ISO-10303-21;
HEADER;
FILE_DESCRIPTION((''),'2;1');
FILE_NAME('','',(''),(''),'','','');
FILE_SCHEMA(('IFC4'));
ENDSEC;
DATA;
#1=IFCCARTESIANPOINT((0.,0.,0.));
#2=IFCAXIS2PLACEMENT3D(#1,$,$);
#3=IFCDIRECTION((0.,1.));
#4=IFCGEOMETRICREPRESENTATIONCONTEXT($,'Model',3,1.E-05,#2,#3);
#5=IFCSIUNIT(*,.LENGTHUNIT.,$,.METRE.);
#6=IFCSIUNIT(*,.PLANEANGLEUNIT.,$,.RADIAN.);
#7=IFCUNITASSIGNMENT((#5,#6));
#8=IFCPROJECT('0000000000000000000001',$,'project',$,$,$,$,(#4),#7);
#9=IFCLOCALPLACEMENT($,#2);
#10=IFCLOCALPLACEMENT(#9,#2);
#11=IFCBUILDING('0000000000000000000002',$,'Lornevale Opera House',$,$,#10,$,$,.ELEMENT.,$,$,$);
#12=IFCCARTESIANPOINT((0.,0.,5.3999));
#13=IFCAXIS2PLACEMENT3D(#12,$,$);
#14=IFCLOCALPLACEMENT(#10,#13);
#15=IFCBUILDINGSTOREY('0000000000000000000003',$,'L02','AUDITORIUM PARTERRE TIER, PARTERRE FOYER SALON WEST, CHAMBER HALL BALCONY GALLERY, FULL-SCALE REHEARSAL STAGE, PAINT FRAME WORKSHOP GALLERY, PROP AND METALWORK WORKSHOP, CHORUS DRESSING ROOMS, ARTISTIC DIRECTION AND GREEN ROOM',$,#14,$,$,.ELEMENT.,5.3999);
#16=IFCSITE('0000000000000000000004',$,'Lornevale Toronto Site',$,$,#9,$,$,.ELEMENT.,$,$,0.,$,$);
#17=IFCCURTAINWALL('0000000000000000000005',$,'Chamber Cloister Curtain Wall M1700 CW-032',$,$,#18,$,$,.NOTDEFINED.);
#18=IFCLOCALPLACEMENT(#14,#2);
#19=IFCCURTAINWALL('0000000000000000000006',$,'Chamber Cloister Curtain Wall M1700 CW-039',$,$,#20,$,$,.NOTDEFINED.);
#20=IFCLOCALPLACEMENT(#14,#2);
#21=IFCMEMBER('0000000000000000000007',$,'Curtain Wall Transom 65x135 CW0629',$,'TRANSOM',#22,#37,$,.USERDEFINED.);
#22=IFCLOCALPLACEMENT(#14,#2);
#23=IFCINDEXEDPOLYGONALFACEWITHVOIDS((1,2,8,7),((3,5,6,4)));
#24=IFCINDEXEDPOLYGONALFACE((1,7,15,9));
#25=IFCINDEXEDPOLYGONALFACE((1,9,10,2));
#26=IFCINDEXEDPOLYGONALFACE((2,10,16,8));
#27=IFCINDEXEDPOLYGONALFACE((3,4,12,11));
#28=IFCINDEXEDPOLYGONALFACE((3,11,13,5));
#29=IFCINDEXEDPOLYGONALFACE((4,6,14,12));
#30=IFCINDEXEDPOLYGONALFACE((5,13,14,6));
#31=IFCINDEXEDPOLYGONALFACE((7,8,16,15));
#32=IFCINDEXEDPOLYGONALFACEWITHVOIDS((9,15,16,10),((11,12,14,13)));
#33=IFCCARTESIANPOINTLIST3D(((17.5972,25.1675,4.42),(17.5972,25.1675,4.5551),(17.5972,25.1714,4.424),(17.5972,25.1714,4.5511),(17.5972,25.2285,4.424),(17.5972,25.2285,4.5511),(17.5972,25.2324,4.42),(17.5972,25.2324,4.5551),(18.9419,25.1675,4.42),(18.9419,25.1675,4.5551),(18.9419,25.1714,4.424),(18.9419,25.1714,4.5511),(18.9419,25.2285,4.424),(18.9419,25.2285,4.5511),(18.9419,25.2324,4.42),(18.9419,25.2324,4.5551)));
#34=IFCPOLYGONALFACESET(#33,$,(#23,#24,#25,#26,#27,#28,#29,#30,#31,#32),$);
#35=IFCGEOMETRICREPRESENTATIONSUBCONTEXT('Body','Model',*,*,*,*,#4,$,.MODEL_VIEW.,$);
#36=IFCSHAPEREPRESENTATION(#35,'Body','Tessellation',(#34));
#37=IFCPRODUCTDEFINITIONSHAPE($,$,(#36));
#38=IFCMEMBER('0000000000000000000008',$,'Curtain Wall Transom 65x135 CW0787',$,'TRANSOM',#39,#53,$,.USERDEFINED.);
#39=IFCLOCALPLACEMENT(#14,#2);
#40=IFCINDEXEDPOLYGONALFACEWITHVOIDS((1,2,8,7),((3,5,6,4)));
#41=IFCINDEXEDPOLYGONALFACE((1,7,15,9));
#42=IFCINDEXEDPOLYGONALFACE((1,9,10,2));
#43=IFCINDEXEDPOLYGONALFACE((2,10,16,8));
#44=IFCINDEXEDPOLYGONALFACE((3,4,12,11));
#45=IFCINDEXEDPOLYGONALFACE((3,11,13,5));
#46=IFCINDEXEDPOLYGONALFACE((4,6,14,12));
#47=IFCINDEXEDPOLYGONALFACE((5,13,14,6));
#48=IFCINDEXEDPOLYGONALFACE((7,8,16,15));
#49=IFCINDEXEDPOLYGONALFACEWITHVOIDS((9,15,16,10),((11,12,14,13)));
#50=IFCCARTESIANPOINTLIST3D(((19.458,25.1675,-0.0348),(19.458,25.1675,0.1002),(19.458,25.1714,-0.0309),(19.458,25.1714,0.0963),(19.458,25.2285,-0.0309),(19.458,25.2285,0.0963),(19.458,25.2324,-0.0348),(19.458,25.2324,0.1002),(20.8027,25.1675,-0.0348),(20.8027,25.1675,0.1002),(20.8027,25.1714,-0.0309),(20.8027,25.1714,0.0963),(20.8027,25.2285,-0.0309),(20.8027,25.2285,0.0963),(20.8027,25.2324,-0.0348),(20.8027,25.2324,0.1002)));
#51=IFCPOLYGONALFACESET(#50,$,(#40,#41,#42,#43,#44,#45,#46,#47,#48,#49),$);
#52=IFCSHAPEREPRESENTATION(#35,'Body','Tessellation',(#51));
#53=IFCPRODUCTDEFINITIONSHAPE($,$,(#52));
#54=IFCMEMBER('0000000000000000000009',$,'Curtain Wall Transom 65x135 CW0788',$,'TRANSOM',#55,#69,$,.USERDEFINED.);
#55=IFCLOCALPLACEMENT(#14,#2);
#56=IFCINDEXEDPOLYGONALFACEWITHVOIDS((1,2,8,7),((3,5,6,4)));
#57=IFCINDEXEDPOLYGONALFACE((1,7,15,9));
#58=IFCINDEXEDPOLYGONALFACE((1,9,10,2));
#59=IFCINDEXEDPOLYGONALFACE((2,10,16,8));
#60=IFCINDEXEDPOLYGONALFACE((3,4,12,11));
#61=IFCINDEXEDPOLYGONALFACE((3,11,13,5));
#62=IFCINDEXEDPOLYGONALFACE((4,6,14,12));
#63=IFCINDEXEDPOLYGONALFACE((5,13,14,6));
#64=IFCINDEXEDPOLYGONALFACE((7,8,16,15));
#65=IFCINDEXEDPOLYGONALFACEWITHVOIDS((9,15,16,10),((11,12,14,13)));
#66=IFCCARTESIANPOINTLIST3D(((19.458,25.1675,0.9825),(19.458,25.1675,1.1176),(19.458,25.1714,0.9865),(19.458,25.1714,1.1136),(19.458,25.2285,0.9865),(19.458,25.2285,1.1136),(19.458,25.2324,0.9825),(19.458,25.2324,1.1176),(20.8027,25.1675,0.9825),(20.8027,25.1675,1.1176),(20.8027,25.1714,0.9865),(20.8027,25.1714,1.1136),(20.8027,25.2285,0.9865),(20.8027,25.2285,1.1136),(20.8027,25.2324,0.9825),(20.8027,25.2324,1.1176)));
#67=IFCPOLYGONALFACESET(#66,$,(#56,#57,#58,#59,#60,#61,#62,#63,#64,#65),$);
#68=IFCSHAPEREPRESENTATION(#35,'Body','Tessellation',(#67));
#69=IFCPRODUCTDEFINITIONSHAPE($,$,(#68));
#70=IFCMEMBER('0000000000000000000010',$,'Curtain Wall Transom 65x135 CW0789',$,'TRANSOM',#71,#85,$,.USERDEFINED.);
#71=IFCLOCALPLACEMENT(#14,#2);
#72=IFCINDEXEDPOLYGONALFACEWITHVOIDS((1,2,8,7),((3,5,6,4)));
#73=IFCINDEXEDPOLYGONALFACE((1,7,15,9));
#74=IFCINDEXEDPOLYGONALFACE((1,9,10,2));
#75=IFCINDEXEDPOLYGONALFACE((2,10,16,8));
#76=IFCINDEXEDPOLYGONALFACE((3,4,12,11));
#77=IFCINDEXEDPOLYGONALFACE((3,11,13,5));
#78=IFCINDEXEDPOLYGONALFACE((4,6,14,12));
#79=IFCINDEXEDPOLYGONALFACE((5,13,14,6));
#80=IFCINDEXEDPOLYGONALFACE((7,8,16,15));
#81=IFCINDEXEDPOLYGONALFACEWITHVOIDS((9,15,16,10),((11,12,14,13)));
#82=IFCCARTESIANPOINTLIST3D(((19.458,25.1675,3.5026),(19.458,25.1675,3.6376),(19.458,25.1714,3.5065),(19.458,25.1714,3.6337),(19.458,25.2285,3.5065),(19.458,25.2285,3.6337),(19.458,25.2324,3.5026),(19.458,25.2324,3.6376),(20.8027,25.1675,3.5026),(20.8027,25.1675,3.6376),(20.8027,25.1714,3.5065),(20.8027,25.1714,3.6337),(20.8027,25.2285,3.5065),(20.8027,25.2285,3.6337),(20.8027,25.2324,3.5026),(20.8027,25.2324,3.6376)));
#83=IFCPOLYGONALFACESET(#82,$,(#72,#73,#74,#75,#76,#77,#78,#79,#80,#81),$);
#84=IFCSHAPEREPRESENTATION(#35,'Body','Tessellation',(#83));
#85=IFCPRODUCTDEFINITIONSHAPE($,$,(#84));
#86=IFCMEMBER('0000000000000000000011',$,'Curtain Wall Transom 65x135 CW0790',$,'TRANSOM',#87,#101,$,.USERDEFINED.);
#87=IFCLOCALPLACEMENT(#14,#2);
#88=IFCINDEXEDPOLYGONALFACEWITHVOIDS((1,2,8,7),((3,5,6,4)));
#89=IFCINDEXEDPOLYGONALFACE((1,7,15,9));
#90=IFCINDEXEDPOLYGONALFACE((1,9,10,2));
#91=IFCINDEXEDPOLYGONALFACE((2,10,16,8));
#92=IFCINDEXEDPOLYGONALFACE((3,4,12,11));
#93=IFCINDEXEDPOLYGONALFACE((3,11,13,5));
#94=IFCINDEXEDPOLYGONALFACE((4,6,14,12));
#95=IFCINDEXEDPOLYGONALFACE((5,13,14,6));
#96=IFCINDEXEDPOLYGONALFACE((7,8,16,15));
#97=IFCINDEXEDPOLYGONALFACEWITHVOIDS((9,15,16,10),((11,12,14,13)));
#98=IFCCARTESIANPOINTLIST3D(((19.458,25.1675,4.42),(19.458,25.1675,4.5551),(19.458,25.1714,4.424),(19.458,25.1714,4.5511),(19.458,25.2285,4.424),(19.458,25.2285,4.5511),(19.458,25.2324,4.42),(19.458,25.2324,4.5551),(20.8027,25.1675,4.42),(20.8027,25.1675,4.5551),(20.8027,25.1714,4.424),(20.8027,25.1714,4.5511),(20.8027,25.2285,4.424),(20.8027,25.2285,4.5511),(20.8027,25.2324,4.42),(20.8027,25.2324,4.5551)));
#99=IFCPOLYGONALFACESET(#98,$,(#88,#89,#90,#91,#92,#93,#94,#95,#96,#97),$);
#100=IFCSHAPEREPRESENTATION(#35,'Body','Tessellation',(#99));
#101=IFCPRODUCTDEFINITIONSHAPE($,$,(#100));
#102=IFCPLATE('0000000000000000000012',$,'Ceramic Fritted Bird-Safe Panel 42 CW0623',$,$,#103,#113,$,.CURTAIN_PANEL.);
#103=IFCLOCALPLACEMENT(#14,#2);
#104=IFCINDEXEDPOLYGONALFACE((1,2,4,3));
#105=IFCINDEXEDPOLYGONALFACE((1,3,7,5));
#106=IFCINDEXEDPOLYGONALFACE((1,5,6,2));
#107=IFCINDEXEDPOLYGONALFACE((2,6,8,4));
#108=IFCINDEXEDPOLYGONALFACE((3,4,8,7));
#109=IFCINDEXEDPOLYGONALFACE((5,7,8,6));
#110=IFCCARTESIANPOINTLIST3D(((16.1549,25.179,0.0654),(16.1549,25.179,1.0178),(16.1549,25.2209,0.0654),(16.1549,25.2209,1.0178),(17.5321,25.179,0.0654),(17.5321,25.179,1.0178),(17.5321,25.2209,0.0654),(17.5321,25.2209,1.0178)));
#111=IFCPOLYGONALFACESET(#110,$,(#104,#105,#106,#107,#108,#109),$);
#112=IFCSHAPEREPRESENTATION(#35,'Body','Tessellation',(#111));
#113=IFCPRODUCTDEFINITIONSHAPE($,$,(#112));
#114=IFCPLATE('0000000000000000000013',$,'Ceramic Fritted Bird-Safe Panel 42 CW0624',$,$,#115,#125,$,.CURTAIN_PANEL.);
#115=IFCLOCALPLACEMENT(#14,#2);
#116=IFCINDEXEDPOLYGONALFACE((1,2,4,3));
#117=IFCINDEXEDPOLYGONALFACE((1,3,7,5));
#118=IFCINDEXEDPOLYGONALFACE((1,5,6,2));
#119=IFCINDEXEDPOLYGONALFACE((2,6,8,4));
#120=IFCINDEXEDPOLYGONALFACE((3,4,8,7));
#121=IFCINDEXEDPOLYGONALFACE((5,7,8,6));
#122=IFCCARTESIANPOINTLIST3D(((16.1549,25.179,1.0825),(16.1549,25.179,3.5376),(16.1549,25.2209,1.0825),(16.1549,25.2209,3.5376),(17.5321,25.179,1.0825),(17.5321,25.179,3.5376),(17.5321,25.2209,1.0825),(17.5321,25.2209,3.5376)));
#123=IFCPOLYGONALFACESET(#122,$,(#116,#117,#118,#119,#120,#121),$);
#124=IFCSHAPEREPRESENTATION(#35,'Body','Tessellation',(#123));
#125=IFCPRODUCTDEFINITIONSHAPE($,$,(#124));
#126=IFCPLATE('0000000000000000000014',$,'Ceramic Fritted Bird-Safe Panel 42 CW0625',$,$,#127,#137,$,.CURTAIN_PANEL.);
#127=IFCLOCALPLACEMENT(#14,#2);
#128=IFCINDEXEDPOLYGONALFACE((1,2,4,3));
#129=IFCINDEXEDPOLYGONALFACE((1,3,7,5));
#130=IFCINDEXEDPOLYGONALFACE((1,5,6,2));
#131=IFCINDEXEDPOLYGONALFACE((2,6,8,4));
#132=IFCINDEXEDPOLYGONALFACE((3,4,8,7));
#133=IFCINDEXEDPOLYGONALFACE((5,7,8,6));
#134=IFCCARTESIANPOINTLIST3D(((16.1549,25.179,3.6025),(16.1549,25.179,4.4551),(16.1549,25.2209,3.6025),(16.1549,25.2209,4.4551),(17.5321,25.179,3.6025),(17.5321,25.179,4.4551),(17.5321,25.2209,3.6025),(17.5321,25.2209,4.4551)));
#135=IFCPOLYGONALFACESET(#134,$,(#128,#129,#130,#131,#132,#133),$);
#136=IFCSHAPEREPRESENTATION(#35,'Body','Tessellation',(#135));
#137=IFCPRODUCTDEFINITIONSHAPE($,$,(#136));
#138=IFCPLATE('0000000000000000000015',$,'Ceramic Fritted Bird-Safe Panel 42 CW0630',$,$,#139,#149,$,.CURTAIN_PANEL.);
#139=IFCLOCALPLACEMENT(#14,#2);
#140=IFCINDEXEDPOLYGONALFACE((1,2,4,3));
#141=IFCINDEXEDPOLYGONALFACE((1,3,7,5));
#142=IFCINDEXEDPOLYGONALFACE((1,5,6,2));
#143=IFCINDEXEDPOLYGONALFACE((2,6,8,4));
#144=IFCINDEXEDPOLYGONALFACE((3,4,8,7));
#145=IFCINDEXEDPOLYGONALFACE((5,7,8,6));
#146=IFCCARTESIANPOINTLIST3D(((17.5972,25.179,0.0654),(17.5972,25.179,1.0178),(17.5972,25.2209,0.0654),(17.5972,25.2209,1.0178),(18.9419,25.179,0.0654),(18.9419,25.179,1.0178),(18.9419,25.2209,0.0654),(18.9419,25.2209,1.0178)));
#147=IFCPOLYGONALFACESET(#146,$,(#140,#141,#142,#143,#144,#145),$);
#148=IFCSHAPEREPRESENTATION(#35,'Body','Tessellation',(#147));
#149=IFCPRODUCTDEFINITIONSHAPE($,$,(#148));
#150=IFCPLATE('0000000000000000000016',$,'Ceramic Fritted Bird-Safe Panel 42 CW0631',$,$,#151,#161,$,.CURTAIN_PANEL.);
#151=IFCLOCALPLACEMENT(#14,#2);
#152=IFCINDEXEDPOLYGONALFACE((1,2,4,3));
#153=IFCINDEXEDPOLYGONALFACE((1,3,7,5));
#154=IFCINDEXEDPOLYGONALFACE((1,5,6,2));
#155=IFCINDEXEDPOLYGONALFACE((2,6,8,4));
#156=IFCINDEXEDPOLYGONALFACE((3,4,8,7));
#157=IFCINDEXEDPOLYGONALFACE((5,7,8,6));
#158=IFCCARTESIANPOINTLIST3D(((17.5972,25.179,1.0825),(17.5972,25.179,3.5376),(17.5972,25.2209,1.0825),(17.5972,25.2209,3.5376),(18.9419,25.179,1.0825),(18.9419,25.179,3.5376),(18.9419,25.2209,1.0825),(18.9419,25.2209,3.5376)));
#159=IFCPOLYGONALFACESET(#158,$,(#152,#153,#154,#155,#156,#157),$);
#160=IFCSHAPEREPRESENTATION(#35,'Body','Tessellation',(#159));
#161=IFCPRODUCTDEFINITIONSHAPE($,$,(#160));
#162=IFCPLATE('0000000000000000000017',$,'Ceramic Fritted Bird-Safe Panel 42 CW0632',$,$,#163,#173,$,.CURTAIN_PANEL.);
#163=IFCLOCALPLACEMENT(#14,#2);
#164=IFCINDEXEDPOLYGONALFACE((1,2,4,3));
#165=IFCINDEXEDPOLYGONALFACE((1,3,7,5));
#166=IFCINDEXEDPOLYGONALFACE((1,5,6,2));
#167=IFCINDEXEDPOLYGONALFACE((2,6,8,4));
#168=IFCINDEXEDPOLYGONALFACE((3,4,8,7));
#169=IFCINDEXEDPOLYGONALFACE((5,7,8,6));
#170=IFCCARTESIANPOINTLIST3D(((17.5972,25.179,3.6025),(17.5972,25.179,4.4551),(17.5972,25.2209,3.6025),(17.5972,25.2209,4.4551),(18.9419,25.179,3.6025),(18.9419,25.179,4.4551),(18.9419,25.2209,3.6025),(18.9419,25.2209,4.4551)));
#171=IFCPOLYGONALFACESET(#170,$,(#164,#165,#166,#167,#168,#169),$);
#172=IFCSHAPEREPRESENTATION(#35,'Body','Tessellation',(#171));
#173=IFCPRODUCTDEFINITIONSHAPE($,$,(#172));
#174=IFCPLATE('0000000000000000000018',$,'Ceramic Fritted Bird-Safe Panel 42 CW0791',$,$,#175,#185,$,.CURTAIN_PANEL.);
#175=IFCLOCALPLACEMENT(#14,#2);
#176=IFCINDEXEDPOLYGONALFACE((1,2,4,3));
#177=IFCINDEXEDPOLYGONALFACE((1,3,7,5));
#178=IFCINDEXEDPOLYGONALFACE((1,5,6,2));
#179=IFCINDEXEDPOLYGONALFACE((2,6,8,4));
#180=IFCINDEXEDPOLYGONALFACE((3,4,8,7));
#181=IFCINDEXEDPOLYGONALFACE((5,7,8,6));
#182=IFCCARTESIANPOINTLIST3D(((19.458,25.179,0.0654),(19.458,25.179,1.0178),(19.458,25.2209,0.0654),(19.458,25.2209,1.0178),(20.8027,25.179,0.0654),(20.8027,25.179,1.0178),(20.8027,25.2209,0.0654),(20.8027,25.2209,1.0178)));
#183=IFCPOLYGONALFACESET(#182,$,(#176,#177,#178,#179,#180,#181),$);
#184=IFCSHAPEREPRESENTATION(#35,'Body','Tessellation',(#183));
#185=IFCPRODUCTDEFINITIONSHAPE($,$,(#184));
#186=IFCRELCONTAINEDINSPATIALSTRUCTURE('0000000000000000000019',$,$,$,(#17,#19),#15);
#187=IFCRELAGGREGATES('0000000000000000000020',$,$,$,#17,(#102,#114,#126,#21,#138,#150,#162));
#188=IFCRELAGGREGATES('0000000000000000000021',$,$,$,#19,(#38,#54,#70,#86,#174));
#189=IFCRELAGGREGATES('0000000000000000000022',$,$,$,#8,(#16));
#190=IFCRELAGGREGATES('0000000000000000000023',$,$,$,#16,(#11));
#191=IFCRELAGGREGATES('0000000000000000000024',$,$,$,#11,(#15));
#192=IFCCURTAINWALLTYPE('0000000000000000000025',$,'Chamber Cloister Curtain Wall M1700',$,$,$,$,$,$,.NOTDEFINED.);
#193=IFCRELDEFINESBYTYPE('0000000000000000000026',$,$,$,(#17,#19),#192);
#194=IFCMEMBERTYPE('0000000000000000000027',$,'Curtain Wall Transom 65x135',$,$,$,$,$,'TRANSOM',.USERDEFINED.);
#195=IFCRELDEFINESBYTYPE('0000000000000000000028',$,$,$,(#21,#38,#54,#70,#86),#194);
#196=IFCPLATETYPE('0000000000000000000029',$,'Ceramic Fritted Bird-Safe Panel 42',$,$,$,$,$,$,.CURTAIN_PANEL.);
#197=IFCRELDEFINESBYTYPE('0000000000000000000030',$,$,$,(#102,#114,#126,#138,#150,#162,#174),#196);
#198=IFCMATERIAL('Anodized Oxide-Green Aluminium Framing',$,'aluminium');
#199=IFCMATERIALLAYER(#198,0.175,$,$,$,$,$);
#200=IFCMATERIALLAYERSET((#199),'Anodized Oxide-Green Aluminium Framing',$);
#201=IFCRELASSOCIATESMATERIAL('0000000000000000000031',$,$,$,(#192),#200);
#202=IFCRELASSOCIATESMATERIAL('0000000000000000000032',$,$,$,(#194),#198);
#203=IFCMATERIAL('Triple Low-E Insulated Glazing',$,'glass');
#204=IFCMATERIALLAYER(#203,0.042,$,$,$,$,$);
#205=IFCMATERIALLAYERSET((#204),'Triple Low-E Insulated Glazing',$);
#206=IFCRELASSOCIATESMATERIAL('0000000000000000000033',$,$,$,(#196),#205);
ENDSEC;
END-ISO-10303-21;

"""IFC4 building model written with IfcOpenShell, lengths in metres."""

from ifc_helpers import new_model, si_unit, direction, frame, origin, origin_2d, place, context, subcontext, project, spatial, rectangle, hollow_rectangle, extrude, material, layer, layer_set, material_profile, profile_set, type_object, element, aggregate, save


model = new_model("IFC4")

# Units and contexts
model_context = context("Model", 3, precision=1e-05, world=origin(), true_north=direction((0.0, 1.0)))
body_context = subcontext(model_context, "Body", "Model", "MODEL_VIEW")
ifc_project = project(units=[si_unit("LENGTHUNIT", "METRE"), si_unit("PLANEANGLEUNIT", "RADIAN")], contexts=[model_context])

# Site, building, storey
site_placement = place(None, origin())
site = spatial("IfcSite", under=ifc_project, at=site_placement, Name="Lornevale Toronto Site", CompositionType="ELEMENT", RefElevation=0.0)
building_placement = place(site_placement, origin())
building = spatial("IfcBuilding", under=site, at=building_placement, Name="Lornevale Opera House", CompositionType="ELEMENT")
storey_placement = place(building_placement, frame((0.0, 0.0, 5.3999)))
storey = spatial("IfcBuildingStorey", under=building, at=storey_placement, Name="L02", Description="AUDITORIUM PARTERRE TIER, PARTERRE FOYER SALON WEST, CHAMBER HALL BALCONY GALLERY, FULL-SCALE REHEARSAL STAGE, PAINT FRAME WORKSHOP GALLERY, PROP AND METALWORK WORKSHOP, CHORUS DRESSING ROOMS, ARTISTIC DIRECTION AND GREEN ROOM", CompositionType="ELEMENT", Elevation=5.3999)

# Curtain wall
ifc_material_1 = material(Name="Anodized Oxide-Green Aluminium Framing", Category="aluminium")
ifc_layer_1 = layer(ifc_material_1, 0.175)
ifc_layer_set_1 = layer_set([ifc_layer_1], Name="Anodized Oxide-Green Aluminium Framing")
curtain_wall_type = type_object("IfcCurtainWallType", Name="Chamber Cloister Curtain Wall M1700", PredefinedType="NOTDEFINED", material=ifc_layer_set_1)
curtain_wall_1_placement = place(storey_placement, origin())
curtain_wall_1 = element("IfcCurtainWall", 1, at=curtain_wall_1_placement, inside=storey, type_object=curtain_wall_type, Name="Chamber Cloister Curtain Wall M1700 CW-032", PredefinedType="NOTDEFINED")

# Curtain wall
curtain_wall_2_placement = place(storey_placement, origin())
curtain_wall_2 = element("IfcCurtainWall", 2, at=curtain_wall_2_placement, inside=storey, type_object=curtain_wall_type, Name="Chamber Cloister Curtain Wall M1700 CW-039", PredefinedType="NOTDEFINED")

# Members
ifc_material_profile_1 = material_profile(ifc_material_1, hollow_rectangle(XDim=0.0649, YDim=0.135, WallThickness=0.0039, at=origin_2d()), Name="ALU65x135x4")
ifc_profile_set_1 = profile_set([ifc_material_profile_1], Name="Anodized Oxide-Green Aluminium Framing")
member_type_1 = type_object("IfcMemberType", Name="Curtain Wall Transom 65x135", ElementType="TRANSOM", PredefinedType="USERDEFINED", material=ifc_profile_set_1)
member_1_placement = place(storey_placement, frame((17.5972, 25.2, 4.4875), z_axis=(1.0, 0.0, 0.0), x_axis=(0.0, 1.0, 0.0)))
member_1 = element("IfcMember", 3, at=member_1_placement, type_object=member_type_1, Name="Curtain Wall Transom 65x135 CW0629", ObjectType="TRANSOM", PredefinedType="USERDEFINED", context=body_context, shape_type="SweptSolid", body=[
    extrude(hollow_rectangle(XDim=0.0649, YDim=0.135, WallThickness=0.0039, at=origin_2d()), origin(), (0.0, 0.0, 1.0), 1.3447),
])
member_2_placement = place(storey_placement, frame((19.458, 25.2, 0.0327), z_axis=(1.0, 0.0, 0.0), x_axis=(0.0, 1.0, 0.0)))
member_2 = element("IfcMember", 4, at=member_2_placement, type_object=member_type_1, Name="Curtain Wall Transom 65x135 CW0787", ObjectType="TRANSOM", PredefinedType="USERDEFINED", context=body_context, shape_type="SweptSolid", body=[
    extrude(hollow_rectangle(XDim=0.0649, YDim=0.135, WallThickness=0.0039, at=origin_2d()), origin(), (0.0, 0.0, 1.0), 1.3447),
])
member_3_placement = place(storey_placement, frame((19.458, 25.2, 1.05), z_axis=(1.0, 0.0, 0.0), x_axis=(0.0, 1.0, 0.0)))
member_3 = element("IfcMember", 5, at=member_3_placement, type_object=member_type_1, Name="Curtain Wall Transom 65x135 CW0788", ObjectType="TRANSOM", PredefinedType="USERDEFINED", context=body_context, shape_type="SweptSolid", body=[
    extrude(hollow_rectangle(XDim=0.0649, YDim=0.135, WallThickness=0.0039, at=origin_2d()), origin(), (0.0, 0.0, 1.0), 1.3447),
])
member_4_placement = place(storey_placement, frame((19.458, 25.2, 3.5701), z_axis=(1.0, 0.0, 0.0), x_axis=(0.0, 1.0, 0.0)))
member_4 = element("IfcMember", 6, at=member_4_placement, type_object=member_type_1, Name="Curtain Wall Transom 65x135 CW0789", ObjectType="TRANSOM", PredefinedType="USERDEFINED", context=body_context, shape_type="SweptSolid", body=[
    extrude(hollow_rectangle(XDim=0.0649, YDim=0.135, WallThickness=0.0039, at=origin_2d()), origin(), (0.0, 0.0, 1.0), 1.3447),
])
member_5_placement = place(storey_placement, frame((19.458, 25.2, 4.4875), z_axis=(1.0, 0.0, 0.0), x_axis=(0.0, 1.0, 0.0)))
member_5 = element("IfcMember", 7, at=member_5_placement, type_object=member_type_1, Name="Curtain Wall Transom 65x135 CW0790", ObjectType="TRANSOM", PredefinedType="USERDEFINED", context=body_context, shape_type="SweptSolid", body=[
    extrude(hollow_rectangle(XDim=0.0649, YDim=0.135, WallThickness=0.0039, at=origin_2d()), origin(), (0.0, 0.0, 1.0), 1.3447),
])

# Plates
ifc_material_2 = material(Name="Triple Low-E Insulated Glazing", Category="glass")
ifc_layer_2 = layer(ifc_material_2, 0.042)
ifc_layer_set_2 = layer_set([ifc_layer_2], Name="Triple Low-E Insulated Glazing")
plate_type = type_object("IfcPlateType", Name="Ceramic Fritted Bird-Safe Panel 42", PredefinedType="CURTAIN_PANEL", material=ifc_layer_set_2)
plate_1_placement = place(storey_placement, frame((16.8435, 25.2, 0.0654), z_axis=(0.0, 0.0, 1.0), x_axis=(1.0, 0.0, 0.0)))
plate_1 = element("IfcPlate", 8, at=plate_1_placement, type_object=plate_type, Name="Ceramic Fritted Bird-Safe Panel 42 CW0623", PredefinedType="CURTAIN_PANEL", context=body_context, shape_type="SweptSolid", body=[
    extrude(rectangle(XDim=1.3772, YDim=0.042, at=origin_2d()), origin(), (0.0, 0.0, 1.0), 0.9524),
])
plate_2_placement = place(storey_placement, frame((16.8435, 25.2, 1.0825), z_axis=(0.0, 0.0, 1.0), x_axis=(1.0, 0.0, 0.0)))
plate_2 = element("IfcPlate", 9, at=plate_2_placement, type_object=plate_type, Name="Ceramic Fritted Bird-Safe Panel 42 CW0624", PredefinedType="CURTAIN_PANEL", context=body_context, shape_type="SweptSolid", body=[
    extrude(rectangle(XDim=1.3772, YDim=0.042, at=origin_2d()), origin(), (0.0, 0.0, 1.0), 2.4551),
])
plate_3_placement = place(storey_placement, frame((16.8435, 25.2, 3.6025), z_axis=(0.0, 0.0, 1.0), x_axis=(1.0, 0.0, 0.0)))
plate_3 = element("IfcPlate", 10, at=plate_3_placement, type_object=plate_type, Name="Ceramic Fritted Bird-Safe Panel 42 CW0625", PredefinedType="CURTAIN_PANEL", context=body_context, shape_type="SweptSolid", body=[
    extrude(rectangle(XDim=1.3772, YDim=0.042, at=origin_2d()), origin(), (0.0, 0.0, 1.0), 0.8525),
])
plate_4_placement = place(storey_placement, frame((18.2695, 25.2, 0.0654), z_axis=(0.0, 0.0, 1.0), x_axis=(1.0, 0.0, 0.0)))
plate_4 = element("IfcPlate", 11, at=plate_4_placement, type_object=plate_type, Name="Ceramic Fritted Bird-Safe Panel 42 CW0630", PredefinedType="CURTAIN_PANEL", context=body_context, shape_type="SweptSolid", body=[
    extrude(rectangle(XDim=1.3447, YDim=0.042, at=origin_2d()), origin(), (0.0, 0.0, 1.0), 0.9524),
])
plate_5_placement = place(storey_placement, frame((18.2695, 25.2, 1.0825), z_axis=(0.0, 0.0, 1.0), x_axis=(1.0, 0.0, 0.0)))
plate_5 = element("IfcPlate", 12, at=plate_5_placement, type_object=plate_type, Name="Ceramic Fritted Bird-Safe Panel 42 CW0631", PredefinedType="CURTAIN_PANEL", context=body_context, shape_type="SweptSolid", body=[
    extrude(rectangle(XDim=1.3447, YDim=0.042, at=origin_2d()), origin(), (0.0, 0.0, 1.0), 2.4551),
])
plate_6_placement = place(storey_placement, frame((18.2695, 25.2, 3.6025), z_axis=(0.0, 0.0, 1.0), x_axis=(1.0, 0.0, 0.0)))
plate_6 = element("IfcPlate", 13, at=plate_6_placement, type_object=plate_type, Name="Ceramic Fritted Bird-Safe Panel 42 CW0632", PredefinedType="CURTAIN_PANEL", context=body_context, shape_type="SweptSolid", body=[
    extrude(rectangle(XDim=1.3447, YDim=0.042, at=origin_2d()), origin(), (0.0, 0.0, 1.0), 0.8525),
])
aggregate(curtain_wall_1, [plate_1, plate_2, plate_3, member_1, plate_4, plate_5, plate_6])
plate_7_placement = place(storey_placement, frame((20.1304, 25.2, 0.0654), z_axis=(0.0, 0.0, 1.0), x_axis=(1.0, 0.0, 0.0)))
plate_7 = element("IfcPlate", 14, at=plate_7_placement, type_object=plate_type, Name="Ceramic Fritted Bird-Safe Panel 42 CW0791", PredefinedType="CURTAIN_PANEL", context=body_context, shape_type="SweptSolid", body=[
    extrude(rectangle(XDim=1.3447, YDim=0.042, at=origin_2d()), origin(), (0.0, 0.0, 1.0), 0.9524),
])
aggregate(curtain_wall_2, [member_2, member_3, member_4, member_5, plate_7])

save(model, "model.ifc")
